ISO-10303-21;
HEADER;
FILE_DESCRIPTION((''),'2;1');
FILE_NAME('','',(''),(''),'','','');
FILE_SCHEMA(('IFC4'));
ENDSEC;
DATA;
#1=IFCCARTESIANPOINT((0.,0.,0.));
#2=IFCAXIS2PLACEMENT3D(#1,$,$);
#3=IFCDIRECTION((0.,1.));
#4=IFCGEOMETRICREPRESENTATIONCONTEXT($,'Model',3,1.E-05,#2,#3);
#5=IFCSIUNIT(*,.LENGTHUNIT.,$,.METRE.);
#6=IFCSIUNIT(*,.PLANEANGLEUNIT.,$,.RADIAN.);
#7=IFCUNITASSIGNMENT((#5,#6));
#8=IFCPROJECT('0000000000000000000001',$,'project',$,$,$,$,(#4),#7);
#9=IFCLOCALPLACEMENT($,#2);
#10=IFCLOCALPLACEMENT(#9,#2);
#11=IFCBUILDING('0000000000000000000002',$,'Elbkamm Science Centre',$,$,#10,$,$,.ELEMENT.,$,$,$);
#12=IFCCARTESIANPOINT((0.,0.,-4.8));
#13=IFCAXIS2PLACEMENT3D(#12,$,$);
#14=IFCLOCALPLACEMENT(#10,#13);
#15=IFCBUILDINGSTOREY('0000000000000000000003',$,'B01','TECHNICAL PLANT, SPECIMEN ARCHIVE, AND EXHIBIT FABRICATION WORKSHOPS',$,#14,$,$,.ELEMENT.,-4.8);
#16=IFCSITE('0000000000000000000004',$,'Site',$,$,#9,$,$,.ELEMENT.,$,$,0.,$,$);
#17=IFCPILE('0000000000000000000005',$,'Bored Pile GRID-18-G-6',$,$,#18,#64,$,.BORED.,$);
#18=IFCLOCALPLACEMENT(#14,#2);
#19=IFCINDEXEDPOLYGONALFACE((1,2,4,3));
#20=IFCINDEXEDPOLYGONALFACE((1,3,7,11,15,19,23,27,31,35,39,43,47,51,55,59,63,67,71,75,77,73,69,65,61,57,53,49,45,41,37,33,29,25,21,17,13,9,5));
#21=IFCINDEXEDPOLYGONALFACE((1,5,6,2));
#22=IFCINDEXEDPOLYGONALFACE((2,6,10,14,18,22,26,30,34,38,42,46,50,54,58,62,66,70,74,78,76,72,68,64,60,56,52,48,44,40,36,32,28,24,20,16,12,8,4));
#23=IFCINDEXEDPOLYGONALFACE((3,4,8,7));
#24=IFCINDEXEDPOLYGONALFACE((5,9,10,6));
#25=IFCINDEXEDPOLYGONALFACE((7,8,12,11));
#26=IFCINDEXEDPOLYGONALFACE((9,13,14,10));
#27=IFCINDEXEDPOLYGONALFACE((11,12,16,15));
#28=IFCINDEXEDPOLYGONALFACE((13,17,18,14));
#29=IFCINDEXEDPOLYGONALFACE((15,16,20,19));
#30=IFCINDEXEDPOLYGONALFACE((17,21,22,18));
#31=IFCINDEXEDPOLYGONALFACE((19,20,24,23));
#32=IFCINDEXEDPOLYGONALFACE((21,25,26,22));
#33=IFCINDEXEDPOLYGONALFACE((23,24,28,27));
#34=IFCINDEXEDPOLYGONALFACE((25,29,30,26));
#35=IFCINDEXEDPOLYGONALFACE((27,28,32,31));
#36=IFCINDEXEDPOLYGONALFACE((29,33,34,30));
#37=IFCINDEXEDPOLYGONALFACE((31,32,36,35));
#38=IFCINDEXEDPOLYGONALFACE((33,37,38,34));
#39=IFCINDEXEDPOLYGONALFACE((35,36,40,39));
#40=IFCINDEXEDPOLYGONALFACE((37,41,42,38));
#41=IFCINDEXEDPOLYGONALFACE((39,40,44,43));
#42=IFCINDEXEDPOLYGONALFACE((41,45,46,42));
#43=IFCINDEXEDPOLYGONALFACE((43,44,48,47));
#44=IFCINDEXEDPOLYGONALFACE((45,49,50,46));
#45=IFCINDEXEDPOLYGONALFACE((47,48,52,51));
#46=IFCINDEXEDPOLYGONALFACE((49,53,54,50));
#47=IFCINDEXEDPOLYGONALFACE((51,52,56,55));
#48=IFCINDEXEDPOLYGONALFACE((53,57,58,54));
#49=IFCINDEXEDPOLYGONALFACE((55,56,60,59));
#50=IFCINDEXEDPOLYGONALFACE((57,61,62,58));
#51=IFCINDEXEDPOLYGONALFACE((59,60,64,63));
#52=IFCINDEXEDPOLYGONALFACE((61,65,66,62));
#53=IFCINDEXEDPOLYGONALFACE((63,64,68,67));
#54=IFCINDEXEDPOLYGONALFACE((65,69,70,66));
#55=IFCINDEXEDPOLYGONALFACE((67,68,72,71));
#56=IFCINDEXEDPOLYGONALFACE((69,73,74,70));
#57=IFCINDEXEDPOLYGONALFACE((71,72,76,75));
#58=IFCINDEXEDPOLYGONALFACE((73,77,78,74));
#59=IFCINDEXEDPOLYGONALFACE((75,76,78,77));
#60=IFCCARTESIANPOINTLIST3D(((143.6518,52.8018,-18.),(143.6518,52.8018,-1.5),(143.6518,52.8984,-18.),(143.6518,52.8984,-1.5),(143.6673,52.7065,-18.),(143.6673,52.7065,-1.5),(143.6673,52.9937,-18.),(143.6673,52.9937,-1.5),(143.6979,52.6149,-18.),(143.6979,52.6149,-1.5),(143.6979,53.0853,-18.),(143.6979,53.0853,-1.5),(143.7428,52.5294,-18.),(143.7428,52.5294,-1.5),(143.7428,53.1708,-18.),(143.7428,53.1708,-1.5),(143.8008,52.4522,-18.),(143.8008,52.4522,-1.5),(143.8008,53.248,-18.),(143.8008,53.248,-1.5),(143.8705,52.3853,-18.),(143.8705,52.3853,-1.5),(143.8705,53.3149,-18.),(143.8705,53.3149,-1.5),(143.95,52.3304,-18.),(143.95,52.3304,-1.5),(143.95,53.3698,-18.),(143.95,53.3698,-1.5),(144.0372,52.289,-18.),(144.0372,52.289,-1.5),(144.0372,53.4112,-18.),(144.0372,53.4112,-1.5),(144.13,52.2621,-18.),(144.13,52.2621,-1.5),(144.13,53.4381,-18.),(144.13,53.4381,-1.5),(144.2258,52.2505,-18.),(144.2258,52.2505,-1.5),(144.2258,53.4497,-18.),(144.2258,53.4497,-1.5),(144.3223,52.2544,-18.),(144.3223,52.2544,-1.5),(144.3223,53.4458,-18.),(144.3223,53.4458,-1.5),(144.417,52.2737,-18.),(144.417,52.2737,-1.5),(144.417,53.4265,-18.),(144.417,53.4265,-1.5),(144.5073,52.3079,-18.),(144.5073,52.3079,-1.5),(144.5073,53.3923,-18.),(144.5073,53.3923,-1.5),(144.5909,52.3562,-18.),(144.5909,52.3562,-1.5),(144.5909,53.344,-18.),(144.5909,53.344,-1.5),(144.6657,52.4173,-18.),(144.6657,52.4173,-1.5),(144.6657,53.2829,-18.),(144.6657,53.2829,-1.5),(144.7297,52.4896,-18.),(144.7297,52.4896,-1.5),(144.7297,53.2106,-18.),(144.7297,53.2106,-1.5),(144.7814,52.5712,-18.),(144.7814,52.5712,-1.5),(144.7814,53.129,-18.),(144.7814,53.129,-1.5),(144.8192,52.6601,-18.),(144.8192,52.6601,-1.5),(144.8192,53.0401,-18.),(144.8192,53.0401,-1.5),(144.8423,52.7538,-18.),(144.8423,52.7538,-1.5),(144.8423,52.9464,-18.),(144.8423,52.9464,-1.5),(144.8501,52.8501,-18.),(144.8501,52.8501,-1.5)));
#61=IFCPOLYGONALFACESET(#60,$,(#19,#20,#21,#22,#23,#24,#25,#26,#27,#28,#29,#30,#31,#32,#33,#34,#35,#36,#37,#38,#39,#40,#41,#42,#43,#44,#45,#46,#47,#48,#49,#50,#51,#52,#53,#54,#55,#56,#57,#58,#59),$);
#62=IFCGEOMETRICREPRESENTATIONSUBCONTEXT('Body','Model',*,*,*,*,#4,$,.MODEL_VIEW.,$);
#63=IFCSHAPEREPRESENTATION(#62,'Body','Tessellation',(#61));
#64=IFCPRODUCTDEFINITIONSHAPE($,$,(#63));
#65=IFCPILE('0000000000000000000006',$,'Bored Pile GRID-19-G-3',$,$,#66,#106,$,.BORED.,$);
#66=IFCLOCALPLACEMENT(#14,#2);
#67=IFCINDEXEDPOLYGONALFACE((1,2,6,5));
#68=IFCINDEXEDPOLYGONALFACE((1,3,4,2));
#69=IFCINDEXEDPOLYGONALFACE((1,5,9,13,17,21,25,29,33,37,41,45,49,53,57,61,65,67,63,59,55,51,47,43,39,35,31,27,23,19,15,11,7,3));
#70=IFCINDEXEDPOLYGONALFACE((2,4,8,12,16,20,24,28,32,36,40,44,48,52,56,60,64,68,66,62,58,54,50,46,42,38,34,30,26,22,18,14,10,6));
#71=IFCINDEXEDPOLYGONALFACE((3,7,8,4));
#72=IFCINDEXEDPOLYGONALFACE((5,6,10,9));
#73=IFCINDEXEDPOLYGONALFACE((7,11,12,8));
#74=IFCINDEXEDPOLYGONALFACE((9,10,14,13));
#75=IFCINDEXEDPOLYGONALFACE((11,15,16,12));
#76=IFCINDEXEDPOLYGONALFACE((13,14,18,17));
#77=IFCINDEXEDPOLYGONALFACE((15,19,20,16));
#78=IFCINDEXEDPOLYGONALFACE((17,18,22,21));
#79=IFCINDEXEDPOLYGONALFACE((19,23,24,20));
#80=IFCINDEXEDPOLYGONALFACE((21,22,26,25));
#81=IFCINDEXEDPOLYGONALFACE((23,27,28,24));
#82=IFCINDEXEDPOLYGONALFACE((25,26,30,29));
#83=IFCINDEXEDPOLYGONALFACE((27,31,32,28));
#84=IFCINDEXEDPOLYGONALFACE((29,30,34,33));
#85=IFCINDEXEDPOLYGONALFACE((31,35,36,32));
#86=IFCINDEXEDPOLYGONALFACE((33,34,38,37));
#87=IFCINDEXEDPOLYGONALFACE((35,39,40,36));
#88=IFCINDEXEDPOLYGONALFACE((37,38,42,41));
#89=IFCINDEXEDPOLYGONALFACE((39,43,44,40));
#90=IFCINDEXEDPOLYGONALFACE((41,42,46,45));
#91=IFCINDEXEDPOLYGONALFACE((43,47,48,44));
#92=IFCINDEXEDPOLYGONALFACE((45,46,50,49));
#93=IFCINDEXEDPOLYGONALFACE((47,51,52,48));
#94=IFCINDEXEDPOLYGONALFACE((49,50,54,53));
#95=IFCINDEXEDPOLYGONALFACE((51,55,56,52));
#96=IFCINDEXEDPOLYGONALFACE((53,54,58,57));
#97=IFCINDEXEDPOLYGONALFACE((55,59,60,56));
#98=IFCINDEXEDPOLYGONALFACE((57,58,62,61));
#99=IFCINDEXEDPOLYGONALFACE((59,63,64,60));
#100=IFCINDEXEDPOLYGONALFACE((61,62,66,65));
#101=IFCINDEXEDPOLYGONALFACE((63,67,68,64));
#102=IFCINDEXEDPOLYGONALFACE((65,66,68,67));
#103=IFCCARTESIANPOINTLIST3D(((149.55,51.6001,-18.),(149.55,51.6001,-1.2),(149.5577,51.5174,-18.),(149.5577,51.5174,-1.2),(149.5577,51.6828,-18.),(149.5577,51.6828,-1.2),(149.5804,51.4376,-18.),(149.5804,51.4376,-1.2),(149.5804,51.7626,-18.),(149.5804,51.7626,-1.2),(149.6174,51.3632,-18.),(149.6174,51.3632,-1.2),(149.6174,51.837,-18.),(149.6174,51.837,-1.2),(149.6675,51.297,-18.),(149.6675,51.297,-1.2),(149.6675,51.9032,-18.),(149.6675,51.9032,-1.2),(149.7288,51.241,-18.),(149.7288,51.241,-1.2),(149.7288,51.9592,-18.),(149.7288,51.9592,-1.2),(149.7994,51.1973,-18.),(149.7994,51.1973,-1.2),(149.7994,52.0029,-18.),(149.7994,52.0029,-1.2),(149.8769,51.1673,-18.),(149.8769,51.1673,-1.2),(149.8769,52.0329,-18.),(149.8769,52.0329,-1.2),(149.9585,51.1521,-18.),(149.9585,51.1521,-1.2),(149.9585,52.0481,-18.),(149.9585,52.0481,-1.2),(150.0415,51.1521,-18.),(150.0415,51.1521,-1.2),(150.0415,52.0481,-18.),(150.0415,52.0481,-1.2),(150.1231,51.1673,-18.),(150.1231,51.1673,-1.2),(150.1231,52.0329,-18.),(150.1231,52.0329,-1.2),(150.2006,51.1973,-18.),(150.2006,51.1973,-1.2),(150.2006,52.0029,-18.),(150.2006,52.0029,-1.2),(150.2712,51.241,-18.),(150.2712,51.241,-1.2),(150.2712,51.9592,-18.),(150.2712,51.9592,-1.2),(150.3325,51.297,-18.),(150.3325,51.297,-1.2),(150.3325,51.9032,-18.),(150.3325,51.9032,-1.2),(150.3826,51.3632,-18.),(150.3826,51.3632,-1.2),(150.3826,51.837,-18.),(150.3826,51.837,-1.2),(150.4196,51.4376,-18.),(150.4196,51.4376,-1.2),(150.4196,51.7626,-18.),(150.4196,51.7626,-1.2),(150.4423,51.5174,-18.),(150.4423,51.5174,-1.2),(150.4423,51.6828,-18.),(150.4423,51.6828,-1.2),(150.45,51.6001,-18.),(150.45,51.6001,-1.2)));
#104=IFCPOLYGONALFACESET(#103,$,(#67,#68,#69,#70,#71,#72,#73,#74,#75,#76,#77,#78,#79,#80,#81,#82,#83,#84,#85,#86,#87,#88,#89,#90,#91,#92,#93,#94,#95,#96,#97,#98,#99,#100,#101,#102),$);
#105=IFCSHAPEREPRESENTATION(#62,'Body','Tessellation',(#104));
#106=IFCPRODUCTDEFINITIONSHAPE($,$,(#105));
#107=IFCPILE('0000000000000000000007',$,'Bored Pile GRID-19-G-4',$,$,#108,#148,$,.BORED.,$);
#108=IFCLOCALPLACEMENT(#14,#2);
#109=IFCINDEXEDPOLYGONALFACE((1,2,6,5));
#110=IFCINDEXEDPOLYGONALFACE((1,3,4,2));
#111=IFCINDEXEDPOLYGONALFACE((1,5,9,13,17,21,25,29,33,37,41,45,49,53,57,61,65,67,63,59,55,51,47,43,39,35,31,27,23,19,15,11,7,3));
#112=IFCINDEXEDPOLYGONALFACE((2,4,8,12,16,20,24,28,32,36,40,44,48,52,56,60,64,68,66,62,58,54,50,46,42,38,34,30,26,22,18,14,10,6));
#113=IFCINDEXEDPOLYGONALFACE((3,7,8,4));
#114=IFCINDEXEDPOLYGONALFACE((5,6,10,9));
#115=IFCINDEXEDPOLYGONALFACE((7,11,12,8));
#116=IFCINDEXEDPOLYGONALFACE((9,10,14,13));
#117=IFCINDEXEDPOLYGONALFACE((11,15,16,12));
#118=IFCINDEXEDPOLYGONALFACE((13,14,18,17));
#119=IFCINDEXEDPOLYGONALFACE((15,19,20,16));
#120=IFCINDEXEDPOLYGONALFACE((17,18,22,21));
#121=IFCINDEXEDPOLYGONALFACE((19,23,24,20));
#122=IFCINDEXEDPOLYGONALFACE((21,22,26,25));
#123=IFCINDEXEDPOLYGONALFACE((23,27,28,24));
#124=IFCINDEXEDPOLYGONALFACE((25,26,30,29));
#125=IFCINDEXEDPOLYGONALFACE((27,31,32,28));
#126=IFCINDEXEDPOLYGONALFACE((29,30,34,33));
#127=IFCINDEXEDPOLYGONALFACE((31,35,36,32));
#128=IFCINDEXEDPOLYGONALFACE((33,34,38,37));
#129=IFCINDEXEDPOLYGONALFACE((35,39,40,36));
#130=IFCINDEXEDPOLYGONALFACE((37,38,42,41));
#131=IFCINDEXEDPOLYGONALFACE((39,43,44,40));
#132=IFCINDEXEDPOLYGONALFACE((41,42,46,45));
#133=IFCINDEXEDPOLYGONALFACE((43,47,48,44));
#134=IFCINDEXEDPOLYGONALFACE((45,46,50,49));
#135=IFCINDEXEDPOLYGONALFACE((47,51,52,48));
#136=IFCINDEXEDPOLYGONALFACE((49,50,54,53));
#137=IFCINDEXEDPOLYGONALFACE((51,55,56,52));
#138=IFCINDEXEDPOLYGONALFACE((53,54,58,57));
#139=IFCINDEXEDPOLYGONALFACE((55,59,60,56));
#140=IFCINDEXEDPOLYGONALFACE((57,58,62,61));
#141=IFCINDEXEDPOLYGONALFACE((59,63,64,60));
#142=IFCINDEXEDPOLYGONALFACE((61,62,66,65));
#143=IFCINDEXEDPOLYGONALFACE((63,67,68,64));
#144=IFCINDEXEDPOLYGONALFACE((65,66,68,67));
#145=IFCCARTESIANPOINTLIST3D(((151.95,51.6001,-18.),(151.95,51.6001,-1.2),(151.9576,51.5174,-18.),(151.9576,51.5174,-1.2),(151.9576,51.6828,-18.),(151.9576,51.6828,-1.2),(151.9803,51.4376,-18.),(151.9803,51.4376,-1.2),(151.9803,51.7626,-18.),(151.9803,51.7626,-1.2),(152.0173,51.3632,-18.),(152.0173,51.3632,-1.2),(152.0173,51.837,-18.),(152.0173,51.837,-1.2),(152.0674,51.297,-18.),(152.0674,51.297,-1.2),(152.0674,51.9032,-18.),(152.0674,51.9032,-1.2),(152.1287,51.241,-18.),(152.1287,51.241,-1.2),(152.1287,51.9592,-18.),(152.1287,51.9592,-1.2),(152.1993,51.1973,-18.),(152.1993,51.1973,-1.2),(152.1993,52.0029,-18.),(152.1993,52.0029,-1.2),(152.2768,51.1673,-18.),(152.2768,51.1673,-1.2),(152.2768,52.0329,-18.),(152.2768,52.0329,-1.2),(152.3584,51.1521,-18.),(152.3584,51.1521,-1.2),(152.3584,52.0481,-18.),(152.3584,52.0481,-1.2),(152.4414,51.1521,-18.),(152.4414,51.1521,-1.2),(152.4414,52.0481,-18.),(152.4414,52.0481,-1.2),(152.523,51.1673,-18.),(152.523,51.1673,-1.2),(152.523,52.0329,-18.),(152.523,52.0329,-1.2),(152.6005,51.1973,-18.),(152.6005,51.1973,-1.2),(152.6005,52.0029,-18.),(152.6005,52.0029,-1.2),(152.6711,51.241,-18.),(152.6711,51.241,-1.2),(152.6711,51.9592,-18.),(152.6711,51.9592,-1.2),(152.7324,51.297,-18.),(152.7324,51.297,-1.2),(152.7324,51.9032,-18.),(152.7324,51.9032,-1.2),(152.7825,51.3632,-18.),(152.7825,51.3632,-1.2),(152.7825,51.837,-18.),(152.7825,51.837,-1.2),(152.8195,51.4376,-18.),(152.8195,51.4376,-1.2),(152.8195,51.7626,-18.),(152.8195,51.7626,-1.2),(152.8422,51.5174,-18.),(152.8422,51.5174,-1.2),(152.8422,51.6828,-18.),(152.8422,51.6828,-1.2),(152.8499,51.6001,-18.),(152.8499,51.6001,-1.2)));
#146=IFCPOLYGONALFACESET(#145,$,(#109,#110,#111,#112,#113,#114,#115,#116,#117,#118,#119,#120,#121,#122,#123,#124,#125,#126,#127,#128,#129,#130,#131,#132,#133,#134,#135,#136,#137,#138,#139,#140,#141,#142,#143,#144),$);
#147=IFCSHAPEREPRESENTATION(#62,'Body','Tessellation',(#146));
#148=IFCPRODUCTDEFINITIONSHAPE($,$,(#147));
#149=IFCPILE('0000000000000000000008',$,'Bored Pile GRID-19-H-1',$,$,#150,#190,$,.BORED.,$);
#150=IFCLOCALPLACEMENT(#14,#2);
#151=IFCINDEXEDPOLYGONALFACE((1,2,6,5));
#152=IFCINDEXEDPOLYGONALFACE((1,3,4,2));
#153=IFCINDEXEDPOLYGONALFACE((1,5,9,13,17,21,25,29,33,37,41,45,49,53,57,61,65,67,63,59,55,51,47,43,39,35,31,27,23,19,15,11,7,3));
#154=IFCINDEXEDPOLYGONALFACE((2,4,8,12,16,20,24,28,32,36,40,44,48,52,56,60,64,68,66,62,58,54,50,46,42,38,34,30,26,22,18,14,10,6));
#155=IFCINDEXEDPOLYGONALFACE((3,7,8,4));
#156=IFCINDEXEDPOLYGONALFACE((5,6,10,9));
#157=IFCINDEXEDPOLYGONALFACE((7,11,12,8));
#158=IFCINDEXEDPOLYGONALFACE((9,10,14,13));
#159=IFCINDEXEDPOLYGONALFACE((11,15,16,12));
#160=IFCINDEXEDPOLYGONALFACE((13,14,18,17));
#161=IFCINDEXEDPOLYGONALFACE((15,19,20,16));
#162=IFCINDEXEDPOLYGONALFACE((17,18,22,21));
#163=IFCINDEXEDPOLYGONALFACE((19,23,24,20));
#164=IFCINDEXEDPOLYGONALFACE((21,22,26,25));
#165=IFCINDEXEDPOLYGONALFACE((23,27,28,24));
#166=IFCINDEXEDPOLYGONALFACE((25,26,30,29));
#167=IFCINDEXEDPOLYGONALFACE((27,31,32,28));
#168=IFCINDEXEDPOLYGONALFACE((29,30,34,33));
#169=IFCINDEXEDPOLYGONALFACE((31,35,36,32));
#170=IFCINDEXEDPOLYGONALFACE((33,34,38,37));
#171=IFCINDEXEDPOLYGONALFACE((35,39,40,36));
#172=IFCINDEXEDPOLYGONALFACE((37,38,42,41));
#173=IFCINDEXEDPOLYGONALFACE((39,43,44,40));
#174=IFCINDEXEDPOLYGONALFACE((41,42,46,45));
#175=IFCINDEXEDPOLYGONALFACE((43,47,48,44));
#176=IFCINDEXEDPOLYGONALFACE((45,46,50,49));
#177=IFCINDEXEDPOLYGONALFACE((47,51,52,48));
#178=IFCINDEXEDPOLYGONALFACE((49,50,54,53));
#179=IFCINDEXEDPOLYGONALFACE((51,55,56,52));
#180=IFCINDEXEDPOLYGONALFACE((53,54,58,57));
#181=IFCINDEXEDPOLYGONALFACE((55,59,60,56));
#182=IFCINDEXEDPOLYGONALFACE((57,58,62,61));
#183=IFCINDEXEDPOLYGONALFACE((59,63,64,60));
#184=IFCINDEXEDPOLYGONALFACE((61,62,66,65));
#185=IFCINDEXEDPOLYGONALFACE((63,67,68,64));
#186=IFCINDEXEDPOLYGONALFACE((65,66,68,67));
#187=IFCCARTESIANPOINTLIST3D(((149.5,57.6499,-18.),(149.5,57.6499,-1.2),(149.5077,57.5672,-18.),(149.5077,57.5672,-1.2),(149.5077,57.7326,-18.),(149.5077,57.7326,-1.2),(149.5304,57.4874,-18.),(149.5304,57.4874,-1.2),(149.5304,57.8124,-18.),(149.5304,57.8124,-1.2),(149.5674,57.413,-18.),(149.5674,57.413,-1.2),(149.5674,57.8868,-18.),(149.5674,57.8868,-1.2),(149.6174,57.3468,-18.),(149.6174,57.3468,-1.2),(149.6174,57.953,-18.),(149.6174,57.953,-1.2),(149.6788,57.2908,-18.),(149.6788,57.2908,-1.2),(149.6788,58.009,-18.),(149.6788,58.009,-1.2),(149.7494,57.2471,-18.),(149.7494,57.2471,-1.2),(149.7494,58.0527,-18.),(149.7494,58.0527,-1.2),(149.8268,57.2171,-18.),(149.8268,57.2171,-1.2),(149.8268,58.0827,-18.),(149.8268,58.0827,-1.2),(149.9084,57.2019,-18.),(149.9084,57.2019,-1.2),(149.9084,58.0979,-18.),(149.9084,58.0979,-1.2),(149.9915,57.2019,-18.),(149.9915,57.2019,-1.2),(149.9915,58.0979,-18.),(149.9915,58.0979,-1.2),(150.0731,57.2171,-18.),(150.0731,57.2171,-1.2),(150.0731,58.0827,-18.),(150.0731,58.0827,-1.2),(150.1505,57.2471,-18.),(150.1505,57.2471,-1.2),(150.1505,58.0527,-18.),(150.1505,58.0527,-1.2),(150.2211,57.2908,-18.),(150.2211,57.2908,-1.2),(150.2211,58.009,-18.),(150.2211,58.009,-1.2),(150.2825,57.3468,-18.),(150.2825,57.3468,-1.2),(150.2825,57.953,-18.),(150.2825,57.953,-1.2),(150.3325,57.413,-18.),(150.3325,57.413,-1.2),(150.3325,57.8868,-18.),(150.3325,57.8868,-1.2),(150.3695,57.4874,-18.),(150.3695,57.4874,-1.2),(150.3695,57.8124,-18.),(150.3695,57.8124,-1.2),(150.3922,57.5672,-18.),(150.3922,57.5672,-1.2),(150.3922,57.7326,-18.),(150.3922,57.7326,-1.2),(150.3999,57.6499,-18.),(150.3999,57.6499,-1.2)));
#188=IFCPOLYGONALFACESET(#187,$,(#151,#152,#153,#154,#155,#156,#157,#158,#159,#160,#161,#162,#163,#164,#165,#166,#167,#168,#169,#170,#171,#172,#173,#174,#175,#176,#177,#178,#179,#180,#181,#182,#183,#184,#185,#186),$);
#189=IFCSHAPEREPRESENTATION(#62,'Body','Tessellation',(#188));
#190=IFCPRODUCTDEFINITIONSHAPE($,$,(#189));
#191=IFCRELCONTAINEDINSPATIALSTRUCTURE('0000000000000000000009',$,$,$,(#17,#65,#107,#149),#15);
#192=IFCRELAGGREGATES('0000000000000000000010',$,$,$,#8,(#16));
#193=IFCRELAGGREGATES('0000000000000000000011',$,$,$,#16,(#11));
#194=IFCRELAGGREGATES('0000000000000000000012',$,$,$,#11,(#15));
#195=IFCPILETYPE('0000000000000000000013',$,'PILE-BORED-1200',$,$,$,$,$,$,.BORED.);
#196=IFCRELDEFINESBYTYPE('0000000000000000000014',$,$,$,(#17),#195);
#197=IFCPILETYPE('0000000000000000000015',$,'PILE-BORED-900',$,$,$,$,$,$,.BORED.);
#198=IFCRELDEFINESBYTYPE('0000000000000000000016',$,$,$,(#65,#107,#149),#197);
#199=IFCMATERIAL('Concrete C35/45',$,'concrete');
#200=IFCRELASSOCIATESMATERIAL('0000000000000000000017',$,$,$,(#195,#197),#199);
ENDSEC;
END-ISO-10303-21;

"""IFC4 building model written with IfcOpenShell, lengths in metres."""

from ifc_helpers import new_model, si_unit, direction, frame, origin, origin_2d, place, context, subcontext, project, spatial, circle, extrude, material, material_profile, profile_set, type_object, element, save


model = new_model("IFC4")

# Units and contexts
model_context = context("Model", 3, precision=1e-05, world=origin(), true_north=direction((0.0, 1.0)))
body_context = subcontext(model_context, "Body", "Model", "MODEL_VIEW")
ifc_project = project(units=[si_unit("LENGTHUNIT", "METRE"), si_unit("PLANEANGLEUNIT", "RADIAN")], contexts=[model_context])

# Site, building, storey
site_placement = place(None, origin())
site = spatial("IfcSite", under=ifc_project, at=site_placement, Name="Site", CompositionType="ELEMENT", RefElevation=0.0)
building_placement = place(site_placement, origin())
building = spatial("IfcBuilding", under=site, at=building_placement, Name="Elbkamm Science Centre", CompositionType="ELEMENT")
storey_placement = place(building_placement, frame((0.0, 0.0, -4.8)))
storey = spatial("IfcBuildingStorey", under=building, at=storey_placement, Name="B01", Description="TECHNICAL PLANT, SPECIMEN ARCHIVE, AND EXHIBIT FABRICATION WORKSHOPS", CompositionType="ELEMENT", Elevation=-4.8)

# Shared definitions
ifc_material_1 = material(Name="Concrete C35/45", Category="concrete")

# Piles
ifc_material_profile_1 = material_profile(ifc_material_1, circle(Radius=0.6001, at=origin_2d()), Name="PILE D1200")
ifc_profile_set_1 = profile_set([ifc_material_profile_1], Name="Concrete C35/45")
pile_type_1 = type_object("IfcPileType", Name="PILE-BORED-1200", PredefinedType="BORED", material=ifc_profile_set_1)
pile_1_placement = place(storey_placement, frame((144.25, 52.8501, -1.5), z_axis=(0.0, 0.0, -1.0), x_axis=(1.0, 0.0, 0.0)))
element("IfcPile", 1, at=pile_1_placement, inside=storey, type_object=pile_type_1, Name="Bored Pile GRID-18-G-6", PredefinedType="BORED", context=body_context, shape_type="SweptSolid", body=[
    extrude(circle(Radius=0.6001, at=origin_2d()), origin(), (0.0, 0.0, 1.0), 16.5),
])
ifc_material_profile_2 = material_profile(ifc_material_1, circle(Radius=0.45, at=origin_2d()), Name="PILE D900")
ifc_profile_set_2 = profile_set([ifc_material_profile_2], Name="Concrete C35/45")
pile_type_2 = type_object("IfcPileType", Name="PILE-BORED-900", PredefinedType="BORED", material=ifc_profile_set_2)
for number, where, z_axis, x_axis, name in (
    (2, (150.0, 51.6001, -1.2), (0.0, 0.0, -1.0), (1.0, 0.0, 0.0), "Bored Pile GRID-19-G-3"),
    (3, (152.3999, 51.6001, -1.2), (0.0, 0.0, -1.0), (1.0, 0.0, 0.0), "Bored Pile GRID-19-G-4"),
    (4, (149.95, 57.6499, -1.2), (0.0, 0.0, -1.0), (1.0, 0.0, 0.0), "Bored Pile GRID-19-H-1"),
):
    element("IfcPile", number, at=place(storey_placement, frame(where, z_axis=z_axis, x_axis=x_axis)), inside=storey, type_object=pile_type_2, Name=name, PredefinedType="BORED", context=body_context, shape_type="SweptSolid", body=[
        extrude(circle(Radius=0.45, at=origin_2d()), origin(), (0.0, 0.0, 1.0), 16.8),
    ])

save(model, "model.ifc")
